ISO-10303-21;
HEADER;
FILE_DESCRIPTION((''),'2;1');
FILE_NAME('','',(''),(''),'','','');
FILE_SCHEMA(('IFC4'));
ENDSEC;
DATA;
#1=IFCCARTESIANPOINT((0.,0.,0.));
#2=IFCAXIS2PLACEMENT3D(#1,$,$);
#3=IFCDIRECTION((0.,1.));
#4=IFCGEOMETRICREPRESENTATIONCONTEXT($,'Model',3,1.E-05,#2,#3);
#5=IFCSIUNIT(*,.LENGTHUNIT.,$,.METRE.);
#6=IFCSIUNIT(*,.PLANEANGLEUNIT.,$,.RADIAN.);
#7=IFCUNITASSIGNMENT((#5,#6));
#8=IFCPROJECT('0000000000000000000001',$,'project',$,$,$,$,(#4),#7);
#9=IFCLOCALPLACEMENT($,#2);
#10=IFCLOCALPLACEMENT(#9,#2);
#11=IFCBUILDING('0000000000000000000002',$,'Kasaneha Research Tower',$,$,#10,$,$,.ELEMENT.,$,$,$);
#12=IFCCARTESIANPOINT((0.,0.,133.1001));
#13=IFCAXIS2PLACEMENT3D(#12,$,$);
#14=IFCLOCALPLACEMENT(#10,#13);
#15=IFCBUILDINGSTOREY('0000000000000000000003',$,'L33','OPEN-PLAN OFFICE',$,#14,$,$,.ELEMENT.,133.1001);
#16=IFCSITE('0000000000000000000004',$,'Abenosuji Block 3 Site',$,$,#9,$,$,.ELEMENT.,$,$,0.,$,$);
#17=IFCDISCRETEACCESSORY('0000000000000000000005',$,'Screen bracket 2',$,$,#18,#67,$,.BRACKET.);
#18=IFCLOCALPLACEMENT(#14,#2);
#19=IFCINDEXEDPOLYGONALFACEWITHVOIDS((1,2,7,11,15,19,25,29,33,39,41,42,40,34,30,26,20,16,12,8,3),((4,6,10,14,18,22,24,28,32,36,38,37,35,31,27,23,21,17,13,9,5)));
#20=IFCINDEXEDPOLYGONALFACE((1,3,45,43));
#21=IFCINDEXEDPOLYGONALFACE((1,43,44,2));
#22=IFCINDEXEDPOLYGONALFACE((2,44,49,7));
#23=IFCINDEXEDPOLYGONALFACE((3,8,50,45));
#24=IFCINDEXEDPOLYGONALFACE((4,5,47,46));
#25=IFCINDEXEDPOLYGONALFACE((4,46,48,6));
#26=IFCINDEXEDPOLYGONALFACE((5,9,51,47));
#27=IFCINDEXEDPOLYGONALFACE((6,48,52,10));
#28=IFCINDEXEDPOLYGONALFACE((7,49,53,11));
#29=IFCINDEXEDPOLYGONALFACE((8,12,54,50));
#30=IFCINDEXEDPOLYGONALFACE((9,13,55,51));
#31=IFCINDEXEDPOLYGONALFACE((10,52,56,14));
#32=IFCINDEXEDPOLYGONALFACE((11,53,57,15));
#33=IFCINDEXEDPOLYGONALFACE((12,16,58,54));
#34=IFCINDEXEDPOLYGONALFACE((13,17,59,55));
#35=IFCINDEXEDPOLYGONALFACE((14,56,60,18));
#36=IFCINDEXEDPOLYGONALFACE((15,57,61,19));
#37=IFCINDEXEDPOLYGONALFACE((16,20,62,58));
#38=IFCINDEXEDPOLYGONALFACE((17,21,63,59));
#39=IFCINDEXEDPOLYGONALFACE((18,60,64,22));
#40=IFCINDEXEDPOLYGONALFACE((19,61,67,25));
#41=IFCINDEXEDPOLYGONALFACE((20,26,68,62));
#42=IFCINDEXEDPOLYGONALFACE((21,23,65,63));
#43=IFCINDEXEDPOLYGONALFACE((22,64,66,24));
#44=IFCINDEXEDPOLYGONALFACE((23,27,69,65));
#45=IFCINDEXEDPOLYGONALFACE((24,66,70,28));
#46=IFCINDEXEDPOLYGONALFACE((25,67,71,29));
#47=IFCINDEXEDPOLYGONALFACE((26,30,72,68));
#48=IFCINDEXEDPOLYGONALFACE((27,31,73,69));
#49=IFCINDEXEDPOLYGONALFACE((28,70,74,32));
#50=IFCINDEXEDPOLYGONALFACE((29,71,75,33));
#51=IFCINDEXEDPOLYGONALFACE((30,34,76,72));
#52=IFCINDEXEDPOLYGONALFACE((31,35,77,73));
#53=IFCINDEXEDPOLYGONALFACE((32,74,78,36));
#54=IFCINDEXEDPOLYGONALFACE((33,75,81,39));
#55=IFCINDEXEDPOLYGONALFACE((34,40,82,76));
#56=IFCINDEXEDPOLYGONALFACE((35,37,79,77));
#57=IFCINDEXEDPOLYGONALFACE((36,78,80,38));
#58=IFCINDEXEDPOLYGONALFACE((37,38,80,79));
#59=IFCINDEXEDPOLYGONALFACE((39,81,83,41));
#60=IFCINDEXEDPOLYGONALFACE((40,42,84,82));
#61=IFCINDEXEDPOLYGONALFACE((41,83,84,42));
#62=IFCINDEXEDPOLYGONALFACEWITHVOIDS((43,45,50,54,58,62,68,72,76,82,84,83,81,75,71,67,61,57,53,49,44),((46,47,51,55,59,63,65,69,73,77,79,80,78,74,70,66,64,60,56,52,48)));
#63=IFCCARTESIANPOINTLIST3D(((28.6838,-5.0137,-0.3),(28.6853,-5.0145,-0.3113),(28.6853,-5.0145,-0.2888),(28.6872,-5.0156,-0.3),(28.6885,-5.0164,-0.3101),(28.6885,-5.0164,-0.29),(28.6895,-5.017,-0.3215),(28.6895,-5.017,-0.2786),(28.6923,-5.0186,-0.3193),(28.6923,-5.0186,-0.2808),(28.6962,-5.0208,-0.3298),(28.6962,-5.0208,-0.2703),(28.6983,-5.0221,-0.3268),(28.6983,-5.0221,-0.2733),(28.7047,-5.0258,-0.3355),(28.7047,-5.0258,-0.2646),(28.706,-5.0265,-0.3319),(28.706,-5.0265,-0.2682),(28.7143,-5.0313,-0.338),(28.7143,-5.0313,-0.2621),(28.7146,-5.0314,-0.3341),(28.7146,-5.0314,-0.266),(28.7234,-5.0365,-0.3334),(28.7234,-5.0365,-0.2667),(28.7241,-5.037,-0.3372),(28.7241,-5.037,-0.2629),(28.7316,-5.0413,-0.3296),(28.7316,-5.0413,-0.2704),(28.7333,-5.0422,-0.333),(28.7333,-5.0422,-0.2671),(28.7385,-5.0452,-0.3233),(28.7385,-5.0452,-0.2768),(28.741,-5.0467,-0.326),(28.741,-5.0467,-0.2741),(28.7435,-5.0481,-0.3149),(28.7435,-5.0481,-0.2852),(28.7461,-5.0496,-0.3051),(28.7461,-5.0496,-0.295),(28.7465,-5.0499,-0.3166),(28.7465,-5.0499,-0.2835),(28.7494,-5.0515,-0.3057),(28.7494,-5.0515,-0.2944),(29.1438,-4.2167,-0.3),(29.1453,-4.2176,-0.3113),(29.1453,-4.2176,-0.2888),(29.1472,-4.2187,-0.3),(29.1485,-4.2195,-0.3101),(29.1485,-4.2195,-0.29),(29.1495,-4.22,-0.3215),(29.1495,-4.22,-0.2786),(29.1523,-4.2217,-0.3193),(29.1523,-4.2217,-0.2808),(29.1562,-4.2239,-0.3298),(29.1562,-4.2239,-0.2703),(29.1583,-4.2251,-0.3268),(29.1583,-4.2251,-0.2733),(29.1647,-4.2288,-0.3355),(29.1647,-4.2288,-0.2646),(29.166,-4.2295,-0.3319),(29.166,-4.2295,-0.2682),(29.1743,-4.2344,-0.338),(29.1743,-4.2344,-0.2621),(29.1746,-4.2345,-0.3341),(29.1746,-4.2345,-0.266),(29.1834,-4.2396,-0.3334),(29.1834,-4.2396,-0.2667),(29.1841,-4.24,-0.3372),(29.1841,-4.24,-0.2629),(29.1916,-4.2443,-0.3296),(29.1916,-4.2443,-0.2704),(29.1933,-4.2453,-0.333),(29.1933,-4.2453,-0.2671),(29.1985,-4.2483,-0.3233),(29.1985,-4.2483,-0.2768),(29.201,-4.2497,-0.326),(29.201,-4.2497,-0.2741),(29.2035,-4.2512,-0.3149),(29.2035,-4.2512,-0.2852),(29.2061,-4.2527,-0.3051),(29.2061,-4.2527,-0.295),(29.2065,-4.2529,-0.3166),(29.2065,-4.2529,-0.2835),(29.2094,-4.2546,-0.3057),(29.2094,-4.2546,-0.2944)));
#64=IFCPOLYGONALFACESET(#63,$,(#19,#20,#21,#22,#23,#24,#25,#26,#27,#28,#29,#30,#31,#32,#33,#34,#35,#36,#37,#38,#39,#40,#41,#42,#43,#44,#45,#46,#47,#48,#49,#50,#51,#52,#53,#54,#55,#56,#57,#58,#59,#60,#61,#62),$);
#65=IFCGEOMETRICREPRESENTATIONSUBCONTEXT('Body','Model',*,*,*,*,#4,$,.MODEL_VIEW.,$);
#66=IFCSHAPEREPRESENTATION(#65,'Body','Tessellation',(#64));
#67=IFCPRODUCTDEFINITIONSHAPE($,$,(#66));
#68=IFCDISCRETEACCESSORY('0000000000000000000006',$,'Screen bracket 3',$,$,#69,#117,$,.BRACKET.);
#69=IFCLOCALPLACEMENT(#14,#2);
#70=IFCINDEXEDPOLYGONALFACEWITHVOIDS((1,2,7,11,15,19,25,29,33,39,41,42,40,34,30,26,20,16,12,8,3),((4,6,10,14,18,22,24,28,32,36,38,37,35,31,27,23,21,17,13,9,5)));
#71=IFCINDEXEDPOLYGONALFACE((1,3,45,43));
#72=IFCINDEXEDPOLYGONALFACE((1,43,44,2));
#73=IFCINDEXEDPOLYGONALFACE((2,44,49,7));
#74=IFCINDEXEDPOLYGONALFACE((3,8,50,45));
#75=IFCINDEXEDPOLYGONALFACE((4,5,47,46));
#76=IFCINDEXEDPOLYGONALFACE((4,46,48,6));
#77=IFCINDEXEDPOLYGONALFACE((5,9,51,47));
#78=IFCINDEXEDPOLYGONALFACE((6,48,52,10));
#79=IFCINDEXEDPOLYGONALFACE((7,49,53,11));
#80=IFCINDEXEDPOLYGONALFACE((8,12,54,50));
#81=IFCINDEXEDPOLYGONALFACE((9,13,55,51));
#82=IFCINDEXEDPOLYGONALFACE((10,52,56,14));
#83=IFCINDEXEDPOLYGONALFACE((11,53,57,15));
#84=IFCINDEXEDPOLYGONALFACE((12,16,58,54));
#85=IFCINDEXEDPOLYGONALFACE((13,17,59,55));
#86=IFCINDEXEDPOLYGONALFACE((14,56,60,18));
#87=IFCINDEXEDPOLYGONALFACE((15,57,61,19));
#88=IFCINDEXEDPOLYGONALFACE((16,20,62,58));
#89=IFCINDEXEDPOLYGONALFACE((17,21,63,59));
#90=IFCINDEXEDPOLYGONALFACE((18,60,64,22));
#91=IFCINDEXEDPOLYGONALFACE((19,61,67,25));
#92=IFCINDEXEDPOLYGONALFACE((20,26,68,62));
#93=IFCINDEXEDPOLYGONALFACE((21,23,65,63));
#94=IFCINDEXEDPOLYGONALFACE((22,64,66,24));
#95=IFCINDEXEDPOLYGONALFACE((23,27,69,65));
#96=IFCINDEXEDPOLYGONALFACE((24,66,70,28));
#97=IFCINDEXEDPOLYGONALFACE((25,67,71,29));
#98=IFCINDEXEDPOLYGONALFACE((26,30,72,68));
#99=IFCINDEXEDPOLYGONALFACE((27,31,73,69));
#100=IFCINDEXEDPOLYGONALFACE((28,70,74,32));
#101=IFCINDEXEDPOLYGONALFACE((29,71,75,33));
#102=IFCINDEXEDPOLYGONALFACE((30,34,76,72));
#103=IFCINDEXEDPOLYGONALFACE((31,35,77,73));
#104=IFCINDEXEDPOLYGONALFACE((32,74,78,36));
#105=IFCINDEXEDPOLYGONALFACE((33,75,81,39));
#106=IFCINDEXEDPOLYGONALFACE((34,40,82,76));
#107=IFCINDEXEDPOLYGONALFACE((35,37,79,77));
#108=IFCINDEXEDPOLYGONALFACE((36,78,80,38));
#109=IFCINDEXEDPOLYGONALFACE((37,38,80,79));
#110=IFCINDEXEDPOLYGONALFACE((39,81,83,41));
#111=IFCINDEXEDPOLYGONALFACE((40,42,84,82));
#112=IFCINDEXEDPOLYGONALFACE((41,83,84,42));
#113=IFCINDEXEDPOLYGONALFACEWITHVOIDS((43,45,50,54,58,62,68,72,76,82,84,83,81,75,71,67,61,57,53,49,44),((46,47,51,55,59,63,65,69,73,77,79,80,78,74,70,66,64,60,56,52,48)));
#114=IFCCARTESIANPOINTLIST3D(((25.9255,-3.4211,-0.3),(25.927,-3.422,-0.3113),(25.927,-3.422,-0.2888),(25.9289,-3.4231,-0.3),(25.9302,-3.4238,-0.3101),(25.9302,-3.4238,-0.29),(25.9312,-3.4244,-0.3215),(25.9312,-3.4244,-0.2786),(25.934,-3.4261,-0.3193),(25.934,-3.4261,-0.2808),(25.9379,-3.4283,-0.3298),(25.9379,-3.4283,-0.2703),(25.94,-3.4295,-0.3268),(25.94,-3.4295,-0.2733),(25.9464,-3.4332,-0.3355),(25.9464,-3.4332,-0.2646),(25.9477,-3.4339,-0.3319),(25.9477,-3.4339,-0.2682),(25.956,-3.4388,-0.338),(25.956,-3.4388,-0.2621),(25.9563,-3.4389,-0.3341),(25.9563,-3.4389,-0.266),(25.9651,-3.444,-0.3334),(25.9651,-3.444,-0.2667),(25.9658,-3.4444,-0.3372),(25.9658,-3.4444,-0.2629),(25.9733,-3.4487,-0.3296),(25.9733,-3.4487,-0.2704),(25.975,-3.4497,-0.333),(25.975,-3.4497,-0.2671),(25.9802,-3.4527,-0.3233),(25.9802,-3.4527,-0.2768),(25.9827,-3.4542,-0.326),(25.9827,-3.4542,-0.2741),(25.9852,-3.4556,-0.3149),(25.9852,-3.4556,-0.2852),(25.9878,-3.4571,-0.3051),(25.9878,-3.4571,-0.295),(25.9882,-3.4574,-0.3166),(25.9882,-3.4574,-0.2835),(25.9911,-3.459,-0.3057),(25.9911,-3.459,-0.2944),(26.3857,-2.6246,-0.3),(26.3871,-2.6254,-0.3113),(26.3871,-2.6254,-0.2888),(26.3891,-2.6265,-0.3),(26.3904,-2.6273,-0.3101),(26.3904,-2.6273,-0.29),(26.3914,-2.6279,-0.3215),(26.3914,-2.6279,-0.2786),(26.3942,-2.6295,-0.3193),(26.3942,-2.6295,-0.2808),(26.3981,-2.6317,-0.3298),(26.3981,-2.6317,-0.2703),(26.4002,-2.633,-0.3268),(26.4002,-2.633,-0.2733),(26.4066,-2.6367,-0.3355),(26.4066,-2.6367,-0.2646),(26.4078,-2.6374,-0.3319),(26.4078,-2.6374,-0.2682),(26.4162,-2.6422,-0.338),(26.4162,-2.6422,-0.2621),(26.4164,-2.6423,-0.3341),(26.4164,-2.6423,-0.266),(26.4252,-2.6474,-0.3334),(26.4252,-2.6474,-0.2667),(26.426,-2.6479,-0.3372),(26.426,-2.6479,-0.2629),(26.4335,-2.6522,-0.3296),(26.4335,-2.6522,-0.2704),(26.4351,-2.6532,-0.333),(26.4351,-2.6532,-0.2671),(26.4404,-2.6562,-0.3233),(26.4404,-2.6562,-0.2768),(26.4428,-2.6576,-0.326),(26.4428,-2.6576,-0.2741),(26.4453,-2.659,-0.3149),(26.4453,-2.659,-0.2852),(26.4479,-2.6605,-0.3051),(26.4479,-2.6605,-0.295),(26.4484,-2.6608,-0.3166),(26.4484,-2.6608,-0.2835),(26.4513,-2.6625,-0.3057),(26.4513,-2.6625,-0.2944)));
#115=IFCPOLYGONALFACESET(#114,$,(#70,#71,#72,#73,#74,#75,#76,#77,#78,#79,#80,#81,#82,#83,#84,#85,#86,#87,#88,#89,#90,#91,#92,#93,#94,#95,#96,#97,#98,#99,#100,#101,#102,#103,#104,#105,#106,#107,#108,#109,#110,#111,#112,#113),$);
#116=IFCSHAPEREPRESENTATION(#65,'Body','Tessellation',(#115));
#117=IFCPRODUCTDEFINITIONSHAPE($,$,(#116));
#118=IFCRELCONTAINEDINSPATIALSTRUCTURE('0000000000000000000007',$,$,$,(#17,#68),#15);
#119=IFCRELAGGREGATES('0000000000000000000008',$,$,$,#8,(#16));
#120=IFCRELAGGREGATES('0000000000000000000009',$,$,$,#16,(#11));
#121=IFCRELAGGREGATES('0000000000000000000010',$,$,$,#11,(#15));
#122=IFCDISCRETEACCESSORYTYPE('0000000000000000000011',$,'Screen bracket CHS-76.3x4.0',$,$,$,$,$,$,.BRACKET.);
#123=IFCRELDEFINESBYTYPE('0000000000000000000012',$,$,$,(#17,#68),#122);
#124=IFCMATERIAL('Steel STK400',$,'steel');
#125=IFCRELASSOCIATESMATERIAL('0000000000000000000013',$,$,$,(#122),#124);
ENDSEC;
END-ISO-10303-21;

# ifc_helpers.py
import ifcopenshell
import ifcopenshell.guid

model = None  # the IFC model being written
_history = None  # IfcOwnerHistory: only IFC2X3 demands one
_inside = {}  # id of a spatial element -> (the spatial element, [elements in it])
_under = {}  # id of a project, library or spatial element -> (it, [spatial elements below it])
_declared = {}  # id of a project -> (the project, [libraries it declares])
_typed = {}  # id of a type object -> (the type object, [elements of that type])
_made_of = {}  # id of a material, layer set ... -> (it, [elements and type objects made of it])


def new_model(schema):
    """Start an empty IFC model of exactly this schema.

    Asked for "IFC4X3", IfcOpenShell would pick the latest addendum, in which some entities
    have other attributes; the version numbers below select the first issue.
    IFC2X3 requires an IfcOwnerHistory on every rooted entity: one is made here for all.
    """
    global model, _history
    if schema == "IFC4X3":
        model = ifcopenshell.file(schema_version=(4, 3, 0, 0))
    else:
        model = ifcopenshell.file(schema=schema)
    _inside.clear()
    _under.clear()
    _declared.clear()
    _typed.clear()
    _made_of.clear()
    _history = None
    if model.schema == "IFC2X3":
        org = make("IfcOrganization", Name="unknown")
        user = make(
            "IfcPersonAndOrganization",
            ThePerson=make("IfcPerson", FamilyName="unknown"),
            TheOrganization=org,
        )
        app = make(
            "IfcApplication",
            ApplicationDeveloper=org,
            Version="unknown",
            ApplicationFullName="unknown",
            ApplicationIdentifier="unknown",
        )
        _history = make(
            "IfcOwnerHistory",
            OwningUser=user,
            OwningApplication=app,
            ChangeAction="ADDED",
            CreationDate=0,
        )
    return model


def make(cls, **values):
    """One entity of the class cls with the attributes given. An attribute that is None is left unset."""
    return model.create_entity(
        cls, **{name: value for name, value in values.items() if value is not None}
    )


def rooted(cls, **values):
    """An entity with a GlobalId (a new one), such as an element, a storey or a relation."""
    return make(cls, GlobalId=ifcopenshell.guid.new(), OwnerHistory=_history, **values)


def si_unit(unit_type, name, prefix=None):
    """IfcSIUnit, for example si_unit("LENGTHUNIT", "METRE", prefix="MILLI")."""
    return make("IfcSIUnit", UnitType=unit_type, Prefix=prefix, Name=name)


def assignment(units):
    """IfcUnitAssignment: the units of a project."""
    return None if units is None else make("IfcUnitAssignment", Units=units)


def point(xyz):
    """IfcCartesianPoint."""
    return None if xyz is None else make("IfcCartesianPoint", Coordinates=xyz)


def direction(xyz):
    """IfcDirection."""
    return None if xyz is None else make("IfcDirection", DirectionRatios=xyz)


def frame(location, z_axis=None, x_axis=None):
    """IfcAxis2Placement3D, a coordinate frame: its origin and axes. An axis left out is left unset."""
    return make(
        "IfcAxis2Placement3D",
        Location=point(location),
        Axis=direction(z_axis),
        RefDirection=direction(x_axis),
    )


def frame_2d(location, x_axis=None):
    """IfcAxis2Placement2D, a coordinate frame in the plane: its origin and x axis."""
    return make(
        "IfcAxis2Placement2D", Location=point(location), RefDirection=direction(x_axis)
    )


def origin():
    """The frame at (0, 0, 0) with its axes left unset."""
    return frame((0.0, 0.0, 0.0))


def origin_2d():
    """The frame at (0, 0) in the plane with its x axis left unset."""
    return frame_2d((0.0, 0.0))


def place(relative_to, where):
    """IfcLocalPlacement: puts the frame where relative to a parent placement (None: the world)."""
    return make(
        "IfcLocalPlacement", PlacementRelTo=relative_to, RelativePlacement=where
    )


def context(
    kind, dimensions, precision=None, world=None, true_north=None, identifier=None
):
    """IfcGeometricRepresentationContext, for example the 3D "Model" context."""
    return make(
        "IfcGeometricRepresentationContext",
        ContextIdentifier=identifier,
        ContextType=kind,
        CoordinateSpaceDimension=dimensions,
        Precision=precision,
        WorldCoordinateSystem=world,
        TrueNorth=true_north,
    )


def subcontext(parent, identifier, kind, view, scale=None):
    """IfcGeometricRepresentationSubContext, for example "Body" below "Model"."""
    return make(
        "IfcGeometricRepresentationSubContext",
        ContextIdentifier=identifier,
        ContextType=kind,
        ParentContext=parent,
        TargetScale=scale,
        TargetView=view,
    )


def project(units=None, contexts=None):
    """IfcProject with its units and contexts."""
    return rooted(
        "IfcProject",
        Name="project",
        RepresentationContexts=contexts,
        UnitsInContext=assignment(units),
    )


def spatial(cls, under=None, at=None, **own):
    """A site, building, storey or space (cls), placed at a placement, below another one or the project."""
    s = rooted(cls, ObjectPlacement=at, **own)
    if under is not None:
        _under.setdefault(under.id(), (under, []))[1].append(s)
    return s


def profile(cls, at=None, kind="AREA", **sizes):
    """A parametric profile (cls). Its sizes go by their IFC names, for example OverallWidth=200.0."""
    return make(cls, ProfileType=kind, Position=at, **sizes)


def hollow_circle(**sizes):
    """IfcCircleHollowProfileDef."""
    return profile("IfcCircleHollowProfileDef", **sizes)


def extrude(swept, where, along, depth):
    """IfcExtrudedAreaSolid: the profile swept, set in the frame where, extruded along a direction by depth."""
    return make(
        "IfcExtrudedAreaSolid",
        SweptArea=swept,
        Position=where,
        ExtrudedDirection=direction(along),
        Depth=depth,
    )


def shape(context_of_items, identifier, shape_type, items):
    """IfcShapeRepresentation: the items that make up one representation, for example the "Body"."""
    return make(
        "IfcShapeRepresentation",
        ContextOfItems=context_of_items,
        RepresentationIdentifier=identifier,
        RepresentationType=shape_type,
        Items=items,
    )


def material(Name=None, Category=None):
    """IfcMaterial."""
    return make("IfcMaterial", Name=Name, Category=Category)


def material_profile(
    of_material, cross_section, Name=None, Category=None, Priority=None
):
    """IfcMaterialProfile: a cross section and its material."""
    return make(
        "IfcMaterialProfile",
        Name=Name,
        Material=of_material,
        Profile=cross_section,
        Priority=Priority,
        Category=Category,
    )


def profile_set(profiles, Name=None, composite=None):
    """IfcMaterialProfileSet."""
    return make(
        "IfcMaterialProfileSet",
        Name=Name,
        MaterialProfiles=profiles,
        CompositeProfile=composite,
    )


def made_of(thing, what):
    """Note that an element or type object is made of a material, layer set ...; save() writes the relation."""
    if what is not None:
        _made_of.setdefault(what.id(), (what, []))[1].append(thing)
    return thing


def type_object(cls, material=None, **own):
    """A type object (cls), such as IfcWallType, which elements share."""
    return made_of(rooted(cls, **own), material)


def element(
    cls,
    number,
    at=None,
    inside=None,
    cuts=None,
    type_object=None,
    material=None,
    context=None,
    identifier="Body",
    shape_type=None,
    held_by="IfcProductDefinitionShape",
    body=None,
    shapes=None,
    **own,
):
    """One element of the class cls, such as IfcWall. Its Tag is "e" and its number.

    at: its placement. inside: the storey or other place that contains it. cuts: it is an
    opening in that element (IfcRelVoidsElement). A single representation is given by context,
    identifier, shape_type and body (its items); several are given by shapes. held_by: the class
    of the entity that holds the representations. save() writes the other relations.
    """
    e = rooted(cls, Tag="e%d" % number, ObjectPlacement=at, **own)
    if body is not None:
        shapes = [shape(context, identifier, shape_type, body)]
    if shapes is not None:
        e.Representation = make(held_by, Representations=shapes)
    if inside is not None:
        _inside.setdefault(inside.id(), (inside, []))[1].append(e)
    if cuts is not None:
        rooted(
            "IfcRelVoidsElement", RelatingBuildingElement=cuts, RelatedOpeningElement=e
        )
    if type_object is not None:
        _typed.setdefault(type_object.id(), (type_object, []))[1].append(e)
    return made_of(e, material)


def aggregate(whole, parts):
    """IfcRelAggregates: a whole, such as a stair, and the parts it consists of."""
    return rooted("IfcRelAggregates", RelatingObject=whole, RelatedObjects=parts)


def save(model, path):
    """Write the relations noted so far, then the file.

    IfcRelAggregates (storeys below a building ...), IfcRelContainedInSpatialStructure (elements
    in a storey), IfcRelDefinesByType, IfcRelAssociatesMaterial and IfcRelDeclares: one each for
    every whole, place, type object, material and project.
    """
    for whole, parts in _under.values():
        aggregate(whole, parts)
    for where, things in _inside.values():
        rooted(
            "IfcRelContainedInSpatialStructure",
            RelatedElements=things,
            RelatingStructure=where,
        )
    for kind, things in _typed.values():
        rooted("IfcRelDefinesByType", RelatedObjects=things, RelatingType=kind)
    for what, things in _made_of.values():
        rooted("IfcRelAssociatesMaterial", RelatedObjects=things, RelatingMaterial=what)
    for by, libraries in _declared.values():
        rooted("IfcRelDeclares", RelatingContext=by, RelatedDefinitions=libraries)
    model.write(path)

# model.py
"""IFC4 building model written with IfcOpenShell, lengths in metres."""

from ifc_helpers import new_model, si_unit, direction, frame, origin, origin_2d, place, context, subcontext, project, spatial, hollow_circle, extrude, material, material_profile, profile_set, type_object, element, save


model = new_model("IFC4")

# Units and contexts
model_context = context("Model", 3, precision=1e-05, world=origin(), true_north=direction((0.0, 1.0)))
body_context = subcontext(model_context, "Body", "Model", "MODEL_VIEW")
ifc_project = project(units=[si_unit("LENGTHUNIT", "METRE"), si_unit("PLANEANGLEUNIT", "RADIAN")], contexts=[model_context])

# Site, building, storey
site_placement = place(None, origin())
site = spatial("IfcSite", under=ifc_project, at=site_placement, Name="Abenosuji Block 3 Site", CompositionType="ELEMENT", RefElevation=0.0)
building_placement = place(site_placement, origin())
building = spatial("IfcBuilding", under=site, at=building_placement, Name="Kasaneha Research Tower", CompositionType="ELEMENT")
storey_placement = place(building_placement, frame((0.0, 0.0, 133.1001)))
storey = spatial("IfcBuildingStorey", under=building, at=storey_placement, Name="L33", Description="OPEN-PLAN OFFICE", CompositionType="ELEMENT", Elevation=133.1001)

# Discrete accessories
ifc_material_1 = material(Name="Steel STK400", Category="steel")
ifc_material_profile_1 = material_profile(ifc_material_1, hollow_circle(Radius=0.0381, WallThickness=0.0039, at=origin_2d()), Name="CHS-76.3x4.0")
ifc_profile_set_1 = profile_set([ifc_material_profile_1], Name="Steel STK400")
discrete_accessory_type = type_object("IfcDiscreteAccessoryType", Name="Screen bracket CHS-76.3x4.0", PredefinedType="BRACKET", material=ifc_profile_set_1)
discrete_accessory_1_placement = place(storey_placement, frame((28.7168, -5.0327, -0.3), z_axis=(0.499906, 0.86608, 0.0), x_axis=(-0.86608, 0.499906, 0.0)))
element("IfcDiscreteAccessory", 1, at=discrete_accessory_1_placement, inside=storey, type_object=discrete_accessory_type, Name="Screen bracket 2", PredefinedType="BRACKET", context=body_context, shape_type="SweptSolid", body=[
    extrude(hollow_circle(Radius=0.0381, WallThickness=0.0039, at=origin_2d()), origin(), (0.0, 0.0, 1.0), 0.9202),
])
discrete_accessory_2_placement = place(storey_placement, frame((25.9585, -3.4402, -0.3), z_axis=(0.50022, 0.865898, 0.0), x_axis=(-0.865898, 0.50022, 0.0)))
element("IfcDiscreteAccessory", 2, at=discrete_accessory_2_placement, inside=storey, type_object=discrete_accessory_type, Name="Screen bracket 3", PredefinedType="BRACKET", context=body_context, shape_type="SweptSolid", body=[
    extrude(hollow_circle(Radius=0.0381, WallThickness=0.0039, at=origin_2d()), origin(), (0.0, 0.0, 1.0), 0.9199),
])

save(model, "model.ifc")
